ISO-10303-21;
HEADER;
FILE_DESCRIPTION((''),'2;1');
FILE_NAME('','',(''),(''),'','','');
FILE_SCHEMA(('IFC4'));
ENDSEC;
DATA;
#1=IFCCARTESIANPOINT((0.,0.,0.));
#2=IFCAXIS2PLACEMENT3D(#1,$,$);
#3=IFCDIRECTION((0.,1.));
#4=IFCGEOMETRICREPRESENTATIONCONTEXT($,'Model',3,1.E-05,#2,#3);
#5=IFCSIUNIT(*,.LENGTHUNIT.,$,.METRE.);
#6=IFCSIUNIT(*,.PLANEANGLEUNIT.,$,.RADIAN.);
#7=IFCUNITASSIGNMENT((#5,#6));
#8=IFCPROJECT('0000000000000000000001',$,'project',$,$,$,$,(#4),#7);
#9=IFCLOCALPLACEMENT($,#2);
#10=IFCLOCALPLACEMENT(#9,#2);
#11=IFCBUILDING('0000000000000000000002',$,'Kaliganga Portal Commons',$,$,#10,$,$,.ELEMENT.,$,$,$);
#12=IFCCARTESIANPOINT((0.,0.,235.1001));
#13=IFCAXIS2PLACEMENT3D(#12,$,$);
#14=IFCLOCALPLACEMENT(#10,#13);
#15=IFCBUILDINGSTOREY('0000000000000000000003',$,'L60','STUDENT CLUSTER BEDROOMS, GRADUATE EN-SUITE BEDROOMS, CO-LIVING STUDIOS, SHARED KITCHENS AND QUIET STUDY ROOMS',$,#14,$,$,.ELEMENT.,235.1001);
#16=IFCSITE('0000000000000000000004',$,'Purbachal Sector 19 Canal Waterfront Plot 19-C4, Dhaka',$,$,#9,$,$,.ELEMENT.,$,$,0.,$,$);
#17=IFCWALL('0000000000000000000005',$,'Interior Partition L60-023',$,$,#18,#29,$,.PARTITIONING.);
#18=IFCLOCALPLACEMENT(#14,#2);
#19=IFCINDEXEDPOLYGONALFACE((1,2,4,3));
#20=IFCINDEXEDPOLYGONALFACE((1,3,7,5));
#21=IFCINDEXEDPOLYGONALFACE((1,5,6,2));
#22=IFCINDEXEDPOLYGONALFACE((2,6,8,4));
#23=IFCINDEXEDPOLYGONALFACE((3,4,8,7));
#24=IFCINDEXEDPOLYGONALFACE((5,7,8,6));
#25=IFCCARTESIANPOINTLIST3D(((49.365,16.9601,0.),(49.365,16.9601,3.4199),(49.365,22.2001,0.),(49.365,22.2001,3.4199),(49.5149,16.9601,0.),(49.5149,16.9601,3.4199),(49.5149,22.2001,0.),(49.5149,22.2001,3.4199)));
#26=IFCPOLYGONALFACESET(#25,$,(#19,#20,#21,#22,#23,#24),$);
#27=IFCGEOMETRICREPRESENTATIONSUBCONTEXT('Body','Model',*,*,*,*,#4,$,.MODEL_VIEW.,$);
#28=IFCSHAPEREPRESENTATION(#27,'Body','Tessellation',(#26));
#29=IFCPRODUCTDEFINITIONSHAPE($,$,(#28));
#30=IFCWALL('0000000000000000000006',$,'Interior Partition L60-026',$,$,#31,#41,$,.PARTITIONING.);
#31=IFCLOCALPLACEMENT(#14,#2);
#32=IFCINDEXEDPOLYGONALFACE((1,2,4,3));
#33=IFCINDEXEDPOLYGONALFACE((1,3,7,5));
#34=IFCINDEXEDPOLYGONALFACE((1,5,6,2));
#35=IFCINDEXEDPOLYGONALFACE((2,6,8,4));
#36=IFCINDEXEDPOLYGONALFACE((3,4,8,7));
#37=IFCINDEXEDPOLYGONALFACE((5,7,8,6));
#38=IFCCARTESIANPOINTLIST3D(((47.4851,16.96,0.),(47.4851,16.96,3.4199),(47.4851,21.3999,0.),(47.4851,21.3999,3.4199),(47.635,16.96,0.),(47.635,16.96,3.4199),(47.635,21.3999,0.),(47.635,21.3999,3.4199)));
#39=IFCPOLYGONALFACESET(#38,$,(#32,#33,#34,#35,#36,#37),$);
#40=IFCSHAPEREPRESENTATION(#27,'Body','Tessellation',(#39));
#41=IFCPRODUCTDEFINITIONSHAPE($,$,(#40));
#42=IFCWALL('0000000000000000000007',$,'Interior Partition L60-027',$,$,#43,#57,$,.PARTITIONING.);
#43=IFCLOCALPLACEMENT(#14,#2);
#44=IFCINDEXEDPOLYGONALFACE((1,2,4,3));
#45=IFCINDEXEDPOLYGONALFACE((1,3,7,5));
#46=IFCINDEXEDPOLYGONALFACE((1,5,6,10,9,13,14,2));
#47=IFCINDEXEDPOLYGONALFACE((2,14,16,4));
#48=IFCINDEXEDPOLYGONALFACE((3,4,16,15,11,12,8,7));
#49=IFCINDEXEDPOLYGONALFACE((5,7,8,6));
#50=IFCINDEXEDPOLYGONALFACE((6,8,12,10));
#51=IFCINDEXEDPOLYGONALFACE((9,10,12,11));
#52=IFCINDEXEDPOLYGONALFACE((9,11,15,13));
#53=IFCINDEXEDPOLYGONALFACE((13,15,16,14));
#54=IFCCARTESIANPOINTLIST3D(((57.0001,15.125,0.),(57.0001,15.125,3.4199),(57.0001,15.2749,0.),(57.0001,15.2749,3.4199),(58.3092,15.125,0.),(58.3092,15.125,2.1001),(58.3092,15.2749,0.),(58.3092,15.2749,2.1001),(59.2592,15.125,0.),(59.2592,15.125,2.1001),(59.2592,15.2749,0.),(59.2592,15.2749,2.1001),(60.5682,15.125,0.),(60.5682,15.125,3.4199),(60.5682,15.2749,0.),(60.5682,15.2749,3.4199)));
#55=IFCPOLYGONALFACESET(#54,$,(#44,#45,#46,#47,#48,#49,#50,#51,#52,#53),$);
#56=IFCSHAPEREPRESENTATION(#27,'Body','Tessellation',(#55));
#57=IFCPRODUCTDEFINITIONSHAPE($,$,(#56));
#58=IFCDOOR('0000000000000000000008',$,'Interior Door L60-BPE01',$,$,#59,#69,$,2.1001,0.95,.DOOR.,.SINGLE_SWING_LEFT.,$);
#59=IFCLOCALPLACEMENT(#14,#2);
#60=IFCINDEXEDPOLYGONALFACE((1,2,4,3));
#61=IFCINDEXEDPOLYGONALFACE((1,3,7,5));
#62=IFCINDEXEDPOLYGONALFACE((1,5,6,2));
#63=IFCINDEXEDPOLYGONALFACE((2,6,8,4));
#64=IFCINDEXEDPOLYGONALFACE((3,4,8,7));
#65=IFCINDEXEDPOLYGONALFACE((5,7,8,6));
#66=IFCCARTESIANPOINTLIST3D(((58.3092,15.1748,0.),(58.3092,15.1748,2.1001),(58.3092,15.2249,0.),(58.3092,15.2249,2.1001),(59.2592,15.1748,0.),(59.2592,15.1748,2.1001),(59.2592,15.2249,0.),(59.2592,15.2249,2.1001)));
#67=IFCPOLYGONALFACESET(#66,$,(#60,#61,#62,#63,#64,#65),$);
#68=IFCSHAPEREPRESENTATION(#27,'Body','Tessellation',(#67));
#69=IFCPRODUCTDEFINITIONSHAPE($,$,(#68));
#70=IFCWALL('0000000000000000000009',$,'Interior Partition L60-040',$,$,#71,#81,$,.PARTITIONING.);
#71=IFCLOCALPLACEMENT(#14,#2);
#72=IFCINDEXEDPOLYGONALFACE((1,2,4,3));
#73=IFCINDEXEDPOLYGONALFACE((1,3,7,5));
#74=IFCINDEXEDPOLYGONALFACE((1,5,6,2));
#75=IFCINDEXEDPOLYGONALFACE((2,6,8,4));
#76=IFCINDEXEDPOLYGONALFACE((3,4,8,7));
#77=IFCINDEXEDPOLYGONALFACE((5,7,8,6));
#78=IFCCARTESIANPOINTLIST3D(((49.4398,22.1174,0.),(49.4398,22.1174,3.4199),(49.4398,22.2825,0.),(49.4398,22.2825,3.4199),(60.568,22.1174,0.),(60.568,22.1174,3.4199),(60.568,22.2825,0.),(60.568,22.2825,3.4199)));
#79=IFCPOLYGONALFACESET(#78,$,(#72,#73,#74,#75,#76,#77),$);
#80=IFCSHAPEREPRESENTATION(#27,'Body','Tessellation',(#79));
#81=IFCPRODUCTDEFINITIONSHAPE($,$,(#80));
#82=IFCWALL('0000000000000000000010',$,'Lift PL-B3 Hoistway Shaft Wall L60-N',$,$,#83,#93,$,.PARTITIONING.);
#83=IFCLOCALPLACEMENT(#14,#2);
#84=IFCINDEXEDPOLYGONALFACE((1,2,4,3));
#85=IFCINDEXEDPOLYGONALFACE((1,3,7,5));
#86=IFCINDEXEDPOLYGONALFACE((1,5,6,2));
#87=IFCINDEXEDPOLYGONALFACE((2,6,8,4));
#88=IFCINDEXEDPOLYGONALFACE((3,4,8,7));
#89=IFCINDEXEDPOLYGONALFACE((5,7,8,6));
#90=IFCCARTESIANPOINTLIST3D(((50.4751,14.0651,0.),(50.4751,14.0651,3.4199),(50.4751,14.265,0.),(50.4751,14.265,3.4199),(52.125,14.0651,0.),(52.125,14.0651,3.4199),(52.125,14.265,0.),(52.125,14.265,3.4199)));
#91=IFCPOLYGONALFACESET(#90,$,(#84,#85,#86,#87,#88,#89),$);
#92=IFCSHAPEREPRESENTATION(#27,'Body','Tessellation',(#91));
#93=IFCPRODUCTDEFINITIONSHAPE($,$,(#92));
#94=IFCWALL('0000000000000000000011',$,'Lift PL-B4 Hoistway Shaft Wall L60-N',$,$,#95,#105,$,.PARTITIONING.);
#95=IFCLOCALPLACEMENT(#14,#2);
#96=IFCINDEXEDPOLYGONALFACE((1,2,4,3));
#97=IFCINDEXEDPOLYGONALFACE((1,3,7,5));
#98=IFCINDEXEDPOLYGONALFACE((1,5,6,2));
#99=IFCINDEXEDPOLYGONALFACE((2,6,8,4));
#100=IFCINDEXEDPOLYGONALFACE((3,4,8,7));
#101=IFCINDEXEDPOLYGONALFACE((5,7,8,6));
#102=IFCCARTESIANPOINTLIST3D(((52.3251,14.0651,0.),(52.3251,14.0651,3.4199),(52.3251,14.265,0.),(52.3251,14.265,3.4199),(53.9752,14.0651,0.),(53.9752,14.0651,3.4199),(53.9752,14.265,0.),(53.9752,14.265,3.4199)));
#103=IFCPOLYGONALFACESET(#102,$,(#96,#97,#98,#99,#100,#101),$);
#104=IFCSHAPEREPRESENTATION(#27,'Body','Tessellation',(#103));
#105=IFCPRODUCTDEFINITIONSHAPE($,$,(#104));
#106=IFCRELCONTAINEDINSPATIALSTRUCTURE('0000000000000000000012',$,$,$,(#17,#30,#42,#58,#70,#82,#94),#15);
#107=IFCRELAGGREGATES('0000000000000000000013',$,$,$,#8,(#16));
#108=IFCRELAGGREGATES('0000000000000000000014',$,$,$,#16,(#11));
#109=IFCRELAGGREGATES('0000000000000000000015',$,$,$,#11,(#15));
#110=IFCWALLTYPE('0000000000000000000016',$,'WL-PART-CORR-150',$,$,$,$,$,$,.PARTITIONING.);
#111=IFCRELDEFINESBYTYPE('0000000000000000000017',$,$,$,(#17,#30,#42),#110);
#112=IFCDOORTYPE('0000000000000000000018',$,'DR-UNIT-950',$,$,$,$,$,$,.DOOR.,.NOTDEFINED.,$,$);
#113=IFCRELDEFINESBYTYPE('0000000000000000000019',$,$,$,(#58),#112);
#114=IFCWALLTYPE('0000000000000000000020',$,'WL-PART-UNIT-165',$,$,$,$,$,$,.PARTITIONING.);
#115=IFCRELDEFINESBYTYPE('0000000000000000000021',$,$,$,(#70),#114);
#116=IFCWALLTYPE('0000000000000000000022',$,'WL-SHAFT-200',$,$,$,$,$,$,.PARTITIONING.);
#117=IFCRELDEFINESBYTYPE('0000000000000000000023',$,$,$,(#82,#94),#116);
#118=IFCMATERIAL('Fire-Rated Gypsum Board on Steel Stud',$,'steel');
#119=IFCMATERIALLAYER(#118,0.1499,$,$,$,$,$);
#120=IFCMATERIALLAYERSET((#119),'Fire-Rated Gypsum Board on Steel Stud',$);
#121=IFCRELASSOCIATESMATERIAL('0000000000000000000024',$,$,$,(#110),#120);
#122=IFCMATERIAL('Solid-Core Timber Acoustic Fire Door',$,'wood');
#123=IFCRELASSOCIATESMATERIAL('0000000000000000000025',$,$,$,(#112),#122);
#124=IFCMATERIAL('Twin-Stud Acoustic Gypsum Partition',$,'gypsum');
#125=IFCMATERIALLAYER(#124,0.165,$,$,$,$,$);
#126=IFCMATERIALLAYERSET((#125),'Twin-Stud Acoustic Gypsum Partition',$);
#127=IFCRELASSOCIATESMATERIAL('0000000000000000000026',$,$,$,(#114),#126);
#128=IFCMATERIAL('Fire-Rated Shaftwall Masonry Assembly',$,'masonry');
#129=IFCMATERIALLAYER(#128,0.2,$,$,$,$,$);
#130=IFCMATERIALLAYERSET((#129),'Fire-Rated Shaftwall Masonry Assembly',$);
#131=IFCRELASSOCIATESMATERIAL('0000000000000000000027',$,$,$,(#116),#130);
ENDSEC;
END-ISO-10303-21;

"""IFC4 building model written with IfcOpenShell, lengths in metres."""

from ifc_helpers import new_model, si_unit, direction, frame, frame_2d, origin, place, context, subcontext, project, spatial, rectangle, extrude, material, layer, layer_set, type_object, element, fill, save


model = new_model("IFC4")

# Units and contexts
model_context = context("Model", 3, precision=1e-05, world=origin(), true_north=direction((0.0, 1.0)))
body_context = subcontext(model_context, "Body", "Model", "MODEL_VIEW")
ifc_project = project(units=[si_unit("LENGTHUNIT", "METRE"), si_unit("PLANEANGLEUNIT", "RADIAN")], contexts=[model_context])

# Site, building, storey
site_placement = place(None, origin())
site = spatial("IfcSite", under=ifc_project, at=site_placement, Name="Purbachal Sector 19 Canal Waterfront Plot 19-C4, Dhaka", CompositionType="ELEMENT", RefElevation=0.0)
building_placement = place(site_placement, origin())
building = spatial("IfcBuilding", under=site, at=building_placement, Name="Kaliganga Portal Commons", CompositionType="ELEMENT")
storey_placement = place(building_placement, frame((0.0, 0.0, 235.1001)))
storey = spatial("IfcBuildingStorey", under=building, at=storey_placement, Name="L60", Description="STUDENT CLUSTER BEDROOMS, GRADUATE EN-SUITE BEDROOMS, CO-LIVING STUDIOS, SHARED KITCHENS AND QUIET STUDY ROOMS", CompositionType="ELEMENT", Elevation=235.1001)

# Shared definitions
ifc_material_1 = material(Name="Fire-Rated Gypsum Board on Steel Stud", Category="steel")
ifc_layer_1 = layer(ifc_material_1, 0.1499)
ifc_layer_set_1 = layer_set([ifc_layer_1], Name="Fire-Rated Gypsum Board on Steel Stud")
wall_type_1 = type_object("IfcWallType", Name="WL-PART-CORR-150", PredefinedType="PARTITIONING", material=ifc_layer_set_1)
ifc_material_2 = material(Name="Solid-Core Timber Acoustic Fire Door", Category="wood")
door_type_1 = type_object("IfcDoorType", Name="DR-UNIT-950", OperationType="NOTDEFINED", PredefinedType="DOOR", material=ifc_material_2)

# Walls
wall_1_placement = place(storey_placement, frame((49.4399, 16.96, 0.0), z_axis=(0.0, 0.0, 1.0), x_axis=(0.0, 1.0, 0.0)))
element("IfcWall", 1, at=wall_1_placement, inside=storey, type_object=wall_type_1, Name="Interior Partition L60-023", PredefinedType="PARTITIONING", context=body_context, shape_type="SweptSolid", body=[
    extrude(rectangle(XDim=5.24, YDim=0.1499, at=frame_2d((2.6201, 0.0))), origin(), (0.0, 0.0, 1.0), 3.4199),
])
wall_2_placement = place(storey_placement, frame((47.5601, 16.96, 0.0), z_axis=(0.0, 0.0, 1.0), x_axis=(0.0, 1.0, 0.0)))
element("IfcWall", 2, at=wall_2_placement, inside=storey, type_object=wall_type_1, Name="Interior Partition L60-026", PredefinedType="PARTITIONING", context=body_context, shape_type="SweptSolid", body=[
    extrude(rectangle(XDim=4.4399, YDim=0.1499, at=frame_2d((2.22, 0.0))), origin(), (0.0, 0.0, 1.0), 3.4199),
])

# Wall, opening, door
wall_3_placement = place(storey_placement, frame((57.0, 15.2, 0.0), z_axis=(0.0, 0.0, 1.0), x_axis=(1.0, 0.0, 0.0)))
wall_3 = element("IfcWall", 3, at=wall_3_placement, inside=storey, type_object=wall_type_1, Name="Interior Partition L60-027", PredefinedType="PARTITIONING", context=body_context, shape_type="SweptSolid", body=[
    extrude(rectangle(XDim=3.5681, YDim=0.1499, at=frame_2d((1.7842, 0.0))), origin(), (0.0, 0.0, 1.0), 3.4199),
])
opening_1_placement = place(wall_3_placement, frame((1.3091, 0.0, 0.0)))
opening_1 = element("IfcOpeningElement", 4, at=opening_1_placement, cuts=wall_3, PredefinedType="OPENING", context=body_context, shape_type="SweptSolid", body=[
    extrude(rectangle(XDim=0.95, YDim=2.1001, at=frame_2d((0.4751, 1.05))), frame((0.0, 0.085, 0.0), z_axis=(0.0, -1.0, 0.0), x_axis=(1.0, 0.0, 0.0)), (0.0, 0.0, 1.0), 0.1699),
])
door_1_placement = place(opening_1_placement, origin())
door_1 = element("IfcDoor", 5, at=door_1_placement, inside=storey, type_object=door_type_1, Name="Interior Door L60-BPE01", OperationType="SINGLE_SWING_LEFT", OverallHeight=2.1001, OverallWidth=0.95, PredefinedType="DOOR", context=body_context, shape_type="SweptSolid", body=[
    extrude(rectangle(XDim=0.95, YDim=2.1001, at=frame_2d((0.4751, 1.05))), frame((0.0, 0.0249, 0.0), z_axis=(0.0, -1.0, 0.0), x_axis=(1.0, 0.0, 0.0)), (0.0, 0.0, 1.0), 0.05),
])
fill(opening_1, door_1)

# Walls
ifc_material_3 = material(Name="Twin-Stud Acoustic Gypsum Partition", Category="gypsum")
ifc_layer_2 = layer(ifc_material_3, 0.165)
ifc_layer_set_2 = layer_set([ifc_layer_2], Name="Twin-Stud Acoustic Gypsum Partition")
wall_type_2 = type_object("IfcWallType", Name="WL-PART-UNIT-165", PredefinedType="PARTITIONING", material=ifc_layer_set_2)
wall_4_placement = place(storey_placement, frame((49.4399, 22.2, 0.0), z_axis=(0.0, 0.0, 1.0), x_axis=(1.0, 0.0, 0.0)))
element("IfcWall", 6, at=wall_4_placement, inside=storey, type_object=wall_type_2, Name="Interior Partition L60-040", PredefinedType="PARTITIONING", context=body_context, shape_type="SweptSolid", body=[
    extrude(rectangle(XDim=11.1282, YDim=0.165, at=frame_2d((5.564, 0.0))), origin(), (0.0, 0.0, 1.0), 3.4199),
])
ifc_material_4 = material(Name="Fire-Rated Shaftwall Masonry Assembly", Category="masonry")
ifc_layer_3 = layer(ifc_material_4, 0.2)
ifc_layer_set_3 = layer_set([ifc_layer_3], Name="Fire-Rated Shaftwall Masonry Assembly")
wall_type_3 = type_object("IfcWallType", Name="WL-SHAFT-200", PredefinedType="PARTITIONING", material=ifc_layer_set_3)
wall_5_placement = place(storey_placement, frame((50.4751, 14.165, 0.0), z_axis=(0.0, 0.0, 1.0), x_axis=(1.0, 0.0, 0.0)))
element("IfcWall", 7, at=wall_5_placement, inside=storey, type_object=wall_type_3, Name="Lift PL-B3 Hoistway Shaft Wall L60-N", PredefinedType="PARTITIONING", context=body_context, shape_type="SweptSolid", body=[
    extrude(rectangle(XDim=1.6499, YDim=0.2, at=frame_2d((0.825, 0.0))), origin(), (0.0, 0.0, 1.0), 3.4199),
])
wall_6_placement = place(storey_placement, frame((52.325, 14.165, 0.0), z_axis=(0.0, 0.0, 1.0), x_axis=(1.0, 0.0, 0.0)))
element("IfcWall", 8, at=wall_6_placement, inside=storey, type_object=wall_type_3, Name="Lift PL-B4 Hoistway Shaft Wall L60-N", PredefinedType="PARTITIONING", context=body_context, shape_type="SweptSolid", body=[
    extrude(rectangle(XDim=1.6501, YDim=0.2, at=frame_2d((0.8252, 0.0))), origin(), (0.0, 0.0, 1.0), 3.4199),
])

save(model, "model.ifc")
